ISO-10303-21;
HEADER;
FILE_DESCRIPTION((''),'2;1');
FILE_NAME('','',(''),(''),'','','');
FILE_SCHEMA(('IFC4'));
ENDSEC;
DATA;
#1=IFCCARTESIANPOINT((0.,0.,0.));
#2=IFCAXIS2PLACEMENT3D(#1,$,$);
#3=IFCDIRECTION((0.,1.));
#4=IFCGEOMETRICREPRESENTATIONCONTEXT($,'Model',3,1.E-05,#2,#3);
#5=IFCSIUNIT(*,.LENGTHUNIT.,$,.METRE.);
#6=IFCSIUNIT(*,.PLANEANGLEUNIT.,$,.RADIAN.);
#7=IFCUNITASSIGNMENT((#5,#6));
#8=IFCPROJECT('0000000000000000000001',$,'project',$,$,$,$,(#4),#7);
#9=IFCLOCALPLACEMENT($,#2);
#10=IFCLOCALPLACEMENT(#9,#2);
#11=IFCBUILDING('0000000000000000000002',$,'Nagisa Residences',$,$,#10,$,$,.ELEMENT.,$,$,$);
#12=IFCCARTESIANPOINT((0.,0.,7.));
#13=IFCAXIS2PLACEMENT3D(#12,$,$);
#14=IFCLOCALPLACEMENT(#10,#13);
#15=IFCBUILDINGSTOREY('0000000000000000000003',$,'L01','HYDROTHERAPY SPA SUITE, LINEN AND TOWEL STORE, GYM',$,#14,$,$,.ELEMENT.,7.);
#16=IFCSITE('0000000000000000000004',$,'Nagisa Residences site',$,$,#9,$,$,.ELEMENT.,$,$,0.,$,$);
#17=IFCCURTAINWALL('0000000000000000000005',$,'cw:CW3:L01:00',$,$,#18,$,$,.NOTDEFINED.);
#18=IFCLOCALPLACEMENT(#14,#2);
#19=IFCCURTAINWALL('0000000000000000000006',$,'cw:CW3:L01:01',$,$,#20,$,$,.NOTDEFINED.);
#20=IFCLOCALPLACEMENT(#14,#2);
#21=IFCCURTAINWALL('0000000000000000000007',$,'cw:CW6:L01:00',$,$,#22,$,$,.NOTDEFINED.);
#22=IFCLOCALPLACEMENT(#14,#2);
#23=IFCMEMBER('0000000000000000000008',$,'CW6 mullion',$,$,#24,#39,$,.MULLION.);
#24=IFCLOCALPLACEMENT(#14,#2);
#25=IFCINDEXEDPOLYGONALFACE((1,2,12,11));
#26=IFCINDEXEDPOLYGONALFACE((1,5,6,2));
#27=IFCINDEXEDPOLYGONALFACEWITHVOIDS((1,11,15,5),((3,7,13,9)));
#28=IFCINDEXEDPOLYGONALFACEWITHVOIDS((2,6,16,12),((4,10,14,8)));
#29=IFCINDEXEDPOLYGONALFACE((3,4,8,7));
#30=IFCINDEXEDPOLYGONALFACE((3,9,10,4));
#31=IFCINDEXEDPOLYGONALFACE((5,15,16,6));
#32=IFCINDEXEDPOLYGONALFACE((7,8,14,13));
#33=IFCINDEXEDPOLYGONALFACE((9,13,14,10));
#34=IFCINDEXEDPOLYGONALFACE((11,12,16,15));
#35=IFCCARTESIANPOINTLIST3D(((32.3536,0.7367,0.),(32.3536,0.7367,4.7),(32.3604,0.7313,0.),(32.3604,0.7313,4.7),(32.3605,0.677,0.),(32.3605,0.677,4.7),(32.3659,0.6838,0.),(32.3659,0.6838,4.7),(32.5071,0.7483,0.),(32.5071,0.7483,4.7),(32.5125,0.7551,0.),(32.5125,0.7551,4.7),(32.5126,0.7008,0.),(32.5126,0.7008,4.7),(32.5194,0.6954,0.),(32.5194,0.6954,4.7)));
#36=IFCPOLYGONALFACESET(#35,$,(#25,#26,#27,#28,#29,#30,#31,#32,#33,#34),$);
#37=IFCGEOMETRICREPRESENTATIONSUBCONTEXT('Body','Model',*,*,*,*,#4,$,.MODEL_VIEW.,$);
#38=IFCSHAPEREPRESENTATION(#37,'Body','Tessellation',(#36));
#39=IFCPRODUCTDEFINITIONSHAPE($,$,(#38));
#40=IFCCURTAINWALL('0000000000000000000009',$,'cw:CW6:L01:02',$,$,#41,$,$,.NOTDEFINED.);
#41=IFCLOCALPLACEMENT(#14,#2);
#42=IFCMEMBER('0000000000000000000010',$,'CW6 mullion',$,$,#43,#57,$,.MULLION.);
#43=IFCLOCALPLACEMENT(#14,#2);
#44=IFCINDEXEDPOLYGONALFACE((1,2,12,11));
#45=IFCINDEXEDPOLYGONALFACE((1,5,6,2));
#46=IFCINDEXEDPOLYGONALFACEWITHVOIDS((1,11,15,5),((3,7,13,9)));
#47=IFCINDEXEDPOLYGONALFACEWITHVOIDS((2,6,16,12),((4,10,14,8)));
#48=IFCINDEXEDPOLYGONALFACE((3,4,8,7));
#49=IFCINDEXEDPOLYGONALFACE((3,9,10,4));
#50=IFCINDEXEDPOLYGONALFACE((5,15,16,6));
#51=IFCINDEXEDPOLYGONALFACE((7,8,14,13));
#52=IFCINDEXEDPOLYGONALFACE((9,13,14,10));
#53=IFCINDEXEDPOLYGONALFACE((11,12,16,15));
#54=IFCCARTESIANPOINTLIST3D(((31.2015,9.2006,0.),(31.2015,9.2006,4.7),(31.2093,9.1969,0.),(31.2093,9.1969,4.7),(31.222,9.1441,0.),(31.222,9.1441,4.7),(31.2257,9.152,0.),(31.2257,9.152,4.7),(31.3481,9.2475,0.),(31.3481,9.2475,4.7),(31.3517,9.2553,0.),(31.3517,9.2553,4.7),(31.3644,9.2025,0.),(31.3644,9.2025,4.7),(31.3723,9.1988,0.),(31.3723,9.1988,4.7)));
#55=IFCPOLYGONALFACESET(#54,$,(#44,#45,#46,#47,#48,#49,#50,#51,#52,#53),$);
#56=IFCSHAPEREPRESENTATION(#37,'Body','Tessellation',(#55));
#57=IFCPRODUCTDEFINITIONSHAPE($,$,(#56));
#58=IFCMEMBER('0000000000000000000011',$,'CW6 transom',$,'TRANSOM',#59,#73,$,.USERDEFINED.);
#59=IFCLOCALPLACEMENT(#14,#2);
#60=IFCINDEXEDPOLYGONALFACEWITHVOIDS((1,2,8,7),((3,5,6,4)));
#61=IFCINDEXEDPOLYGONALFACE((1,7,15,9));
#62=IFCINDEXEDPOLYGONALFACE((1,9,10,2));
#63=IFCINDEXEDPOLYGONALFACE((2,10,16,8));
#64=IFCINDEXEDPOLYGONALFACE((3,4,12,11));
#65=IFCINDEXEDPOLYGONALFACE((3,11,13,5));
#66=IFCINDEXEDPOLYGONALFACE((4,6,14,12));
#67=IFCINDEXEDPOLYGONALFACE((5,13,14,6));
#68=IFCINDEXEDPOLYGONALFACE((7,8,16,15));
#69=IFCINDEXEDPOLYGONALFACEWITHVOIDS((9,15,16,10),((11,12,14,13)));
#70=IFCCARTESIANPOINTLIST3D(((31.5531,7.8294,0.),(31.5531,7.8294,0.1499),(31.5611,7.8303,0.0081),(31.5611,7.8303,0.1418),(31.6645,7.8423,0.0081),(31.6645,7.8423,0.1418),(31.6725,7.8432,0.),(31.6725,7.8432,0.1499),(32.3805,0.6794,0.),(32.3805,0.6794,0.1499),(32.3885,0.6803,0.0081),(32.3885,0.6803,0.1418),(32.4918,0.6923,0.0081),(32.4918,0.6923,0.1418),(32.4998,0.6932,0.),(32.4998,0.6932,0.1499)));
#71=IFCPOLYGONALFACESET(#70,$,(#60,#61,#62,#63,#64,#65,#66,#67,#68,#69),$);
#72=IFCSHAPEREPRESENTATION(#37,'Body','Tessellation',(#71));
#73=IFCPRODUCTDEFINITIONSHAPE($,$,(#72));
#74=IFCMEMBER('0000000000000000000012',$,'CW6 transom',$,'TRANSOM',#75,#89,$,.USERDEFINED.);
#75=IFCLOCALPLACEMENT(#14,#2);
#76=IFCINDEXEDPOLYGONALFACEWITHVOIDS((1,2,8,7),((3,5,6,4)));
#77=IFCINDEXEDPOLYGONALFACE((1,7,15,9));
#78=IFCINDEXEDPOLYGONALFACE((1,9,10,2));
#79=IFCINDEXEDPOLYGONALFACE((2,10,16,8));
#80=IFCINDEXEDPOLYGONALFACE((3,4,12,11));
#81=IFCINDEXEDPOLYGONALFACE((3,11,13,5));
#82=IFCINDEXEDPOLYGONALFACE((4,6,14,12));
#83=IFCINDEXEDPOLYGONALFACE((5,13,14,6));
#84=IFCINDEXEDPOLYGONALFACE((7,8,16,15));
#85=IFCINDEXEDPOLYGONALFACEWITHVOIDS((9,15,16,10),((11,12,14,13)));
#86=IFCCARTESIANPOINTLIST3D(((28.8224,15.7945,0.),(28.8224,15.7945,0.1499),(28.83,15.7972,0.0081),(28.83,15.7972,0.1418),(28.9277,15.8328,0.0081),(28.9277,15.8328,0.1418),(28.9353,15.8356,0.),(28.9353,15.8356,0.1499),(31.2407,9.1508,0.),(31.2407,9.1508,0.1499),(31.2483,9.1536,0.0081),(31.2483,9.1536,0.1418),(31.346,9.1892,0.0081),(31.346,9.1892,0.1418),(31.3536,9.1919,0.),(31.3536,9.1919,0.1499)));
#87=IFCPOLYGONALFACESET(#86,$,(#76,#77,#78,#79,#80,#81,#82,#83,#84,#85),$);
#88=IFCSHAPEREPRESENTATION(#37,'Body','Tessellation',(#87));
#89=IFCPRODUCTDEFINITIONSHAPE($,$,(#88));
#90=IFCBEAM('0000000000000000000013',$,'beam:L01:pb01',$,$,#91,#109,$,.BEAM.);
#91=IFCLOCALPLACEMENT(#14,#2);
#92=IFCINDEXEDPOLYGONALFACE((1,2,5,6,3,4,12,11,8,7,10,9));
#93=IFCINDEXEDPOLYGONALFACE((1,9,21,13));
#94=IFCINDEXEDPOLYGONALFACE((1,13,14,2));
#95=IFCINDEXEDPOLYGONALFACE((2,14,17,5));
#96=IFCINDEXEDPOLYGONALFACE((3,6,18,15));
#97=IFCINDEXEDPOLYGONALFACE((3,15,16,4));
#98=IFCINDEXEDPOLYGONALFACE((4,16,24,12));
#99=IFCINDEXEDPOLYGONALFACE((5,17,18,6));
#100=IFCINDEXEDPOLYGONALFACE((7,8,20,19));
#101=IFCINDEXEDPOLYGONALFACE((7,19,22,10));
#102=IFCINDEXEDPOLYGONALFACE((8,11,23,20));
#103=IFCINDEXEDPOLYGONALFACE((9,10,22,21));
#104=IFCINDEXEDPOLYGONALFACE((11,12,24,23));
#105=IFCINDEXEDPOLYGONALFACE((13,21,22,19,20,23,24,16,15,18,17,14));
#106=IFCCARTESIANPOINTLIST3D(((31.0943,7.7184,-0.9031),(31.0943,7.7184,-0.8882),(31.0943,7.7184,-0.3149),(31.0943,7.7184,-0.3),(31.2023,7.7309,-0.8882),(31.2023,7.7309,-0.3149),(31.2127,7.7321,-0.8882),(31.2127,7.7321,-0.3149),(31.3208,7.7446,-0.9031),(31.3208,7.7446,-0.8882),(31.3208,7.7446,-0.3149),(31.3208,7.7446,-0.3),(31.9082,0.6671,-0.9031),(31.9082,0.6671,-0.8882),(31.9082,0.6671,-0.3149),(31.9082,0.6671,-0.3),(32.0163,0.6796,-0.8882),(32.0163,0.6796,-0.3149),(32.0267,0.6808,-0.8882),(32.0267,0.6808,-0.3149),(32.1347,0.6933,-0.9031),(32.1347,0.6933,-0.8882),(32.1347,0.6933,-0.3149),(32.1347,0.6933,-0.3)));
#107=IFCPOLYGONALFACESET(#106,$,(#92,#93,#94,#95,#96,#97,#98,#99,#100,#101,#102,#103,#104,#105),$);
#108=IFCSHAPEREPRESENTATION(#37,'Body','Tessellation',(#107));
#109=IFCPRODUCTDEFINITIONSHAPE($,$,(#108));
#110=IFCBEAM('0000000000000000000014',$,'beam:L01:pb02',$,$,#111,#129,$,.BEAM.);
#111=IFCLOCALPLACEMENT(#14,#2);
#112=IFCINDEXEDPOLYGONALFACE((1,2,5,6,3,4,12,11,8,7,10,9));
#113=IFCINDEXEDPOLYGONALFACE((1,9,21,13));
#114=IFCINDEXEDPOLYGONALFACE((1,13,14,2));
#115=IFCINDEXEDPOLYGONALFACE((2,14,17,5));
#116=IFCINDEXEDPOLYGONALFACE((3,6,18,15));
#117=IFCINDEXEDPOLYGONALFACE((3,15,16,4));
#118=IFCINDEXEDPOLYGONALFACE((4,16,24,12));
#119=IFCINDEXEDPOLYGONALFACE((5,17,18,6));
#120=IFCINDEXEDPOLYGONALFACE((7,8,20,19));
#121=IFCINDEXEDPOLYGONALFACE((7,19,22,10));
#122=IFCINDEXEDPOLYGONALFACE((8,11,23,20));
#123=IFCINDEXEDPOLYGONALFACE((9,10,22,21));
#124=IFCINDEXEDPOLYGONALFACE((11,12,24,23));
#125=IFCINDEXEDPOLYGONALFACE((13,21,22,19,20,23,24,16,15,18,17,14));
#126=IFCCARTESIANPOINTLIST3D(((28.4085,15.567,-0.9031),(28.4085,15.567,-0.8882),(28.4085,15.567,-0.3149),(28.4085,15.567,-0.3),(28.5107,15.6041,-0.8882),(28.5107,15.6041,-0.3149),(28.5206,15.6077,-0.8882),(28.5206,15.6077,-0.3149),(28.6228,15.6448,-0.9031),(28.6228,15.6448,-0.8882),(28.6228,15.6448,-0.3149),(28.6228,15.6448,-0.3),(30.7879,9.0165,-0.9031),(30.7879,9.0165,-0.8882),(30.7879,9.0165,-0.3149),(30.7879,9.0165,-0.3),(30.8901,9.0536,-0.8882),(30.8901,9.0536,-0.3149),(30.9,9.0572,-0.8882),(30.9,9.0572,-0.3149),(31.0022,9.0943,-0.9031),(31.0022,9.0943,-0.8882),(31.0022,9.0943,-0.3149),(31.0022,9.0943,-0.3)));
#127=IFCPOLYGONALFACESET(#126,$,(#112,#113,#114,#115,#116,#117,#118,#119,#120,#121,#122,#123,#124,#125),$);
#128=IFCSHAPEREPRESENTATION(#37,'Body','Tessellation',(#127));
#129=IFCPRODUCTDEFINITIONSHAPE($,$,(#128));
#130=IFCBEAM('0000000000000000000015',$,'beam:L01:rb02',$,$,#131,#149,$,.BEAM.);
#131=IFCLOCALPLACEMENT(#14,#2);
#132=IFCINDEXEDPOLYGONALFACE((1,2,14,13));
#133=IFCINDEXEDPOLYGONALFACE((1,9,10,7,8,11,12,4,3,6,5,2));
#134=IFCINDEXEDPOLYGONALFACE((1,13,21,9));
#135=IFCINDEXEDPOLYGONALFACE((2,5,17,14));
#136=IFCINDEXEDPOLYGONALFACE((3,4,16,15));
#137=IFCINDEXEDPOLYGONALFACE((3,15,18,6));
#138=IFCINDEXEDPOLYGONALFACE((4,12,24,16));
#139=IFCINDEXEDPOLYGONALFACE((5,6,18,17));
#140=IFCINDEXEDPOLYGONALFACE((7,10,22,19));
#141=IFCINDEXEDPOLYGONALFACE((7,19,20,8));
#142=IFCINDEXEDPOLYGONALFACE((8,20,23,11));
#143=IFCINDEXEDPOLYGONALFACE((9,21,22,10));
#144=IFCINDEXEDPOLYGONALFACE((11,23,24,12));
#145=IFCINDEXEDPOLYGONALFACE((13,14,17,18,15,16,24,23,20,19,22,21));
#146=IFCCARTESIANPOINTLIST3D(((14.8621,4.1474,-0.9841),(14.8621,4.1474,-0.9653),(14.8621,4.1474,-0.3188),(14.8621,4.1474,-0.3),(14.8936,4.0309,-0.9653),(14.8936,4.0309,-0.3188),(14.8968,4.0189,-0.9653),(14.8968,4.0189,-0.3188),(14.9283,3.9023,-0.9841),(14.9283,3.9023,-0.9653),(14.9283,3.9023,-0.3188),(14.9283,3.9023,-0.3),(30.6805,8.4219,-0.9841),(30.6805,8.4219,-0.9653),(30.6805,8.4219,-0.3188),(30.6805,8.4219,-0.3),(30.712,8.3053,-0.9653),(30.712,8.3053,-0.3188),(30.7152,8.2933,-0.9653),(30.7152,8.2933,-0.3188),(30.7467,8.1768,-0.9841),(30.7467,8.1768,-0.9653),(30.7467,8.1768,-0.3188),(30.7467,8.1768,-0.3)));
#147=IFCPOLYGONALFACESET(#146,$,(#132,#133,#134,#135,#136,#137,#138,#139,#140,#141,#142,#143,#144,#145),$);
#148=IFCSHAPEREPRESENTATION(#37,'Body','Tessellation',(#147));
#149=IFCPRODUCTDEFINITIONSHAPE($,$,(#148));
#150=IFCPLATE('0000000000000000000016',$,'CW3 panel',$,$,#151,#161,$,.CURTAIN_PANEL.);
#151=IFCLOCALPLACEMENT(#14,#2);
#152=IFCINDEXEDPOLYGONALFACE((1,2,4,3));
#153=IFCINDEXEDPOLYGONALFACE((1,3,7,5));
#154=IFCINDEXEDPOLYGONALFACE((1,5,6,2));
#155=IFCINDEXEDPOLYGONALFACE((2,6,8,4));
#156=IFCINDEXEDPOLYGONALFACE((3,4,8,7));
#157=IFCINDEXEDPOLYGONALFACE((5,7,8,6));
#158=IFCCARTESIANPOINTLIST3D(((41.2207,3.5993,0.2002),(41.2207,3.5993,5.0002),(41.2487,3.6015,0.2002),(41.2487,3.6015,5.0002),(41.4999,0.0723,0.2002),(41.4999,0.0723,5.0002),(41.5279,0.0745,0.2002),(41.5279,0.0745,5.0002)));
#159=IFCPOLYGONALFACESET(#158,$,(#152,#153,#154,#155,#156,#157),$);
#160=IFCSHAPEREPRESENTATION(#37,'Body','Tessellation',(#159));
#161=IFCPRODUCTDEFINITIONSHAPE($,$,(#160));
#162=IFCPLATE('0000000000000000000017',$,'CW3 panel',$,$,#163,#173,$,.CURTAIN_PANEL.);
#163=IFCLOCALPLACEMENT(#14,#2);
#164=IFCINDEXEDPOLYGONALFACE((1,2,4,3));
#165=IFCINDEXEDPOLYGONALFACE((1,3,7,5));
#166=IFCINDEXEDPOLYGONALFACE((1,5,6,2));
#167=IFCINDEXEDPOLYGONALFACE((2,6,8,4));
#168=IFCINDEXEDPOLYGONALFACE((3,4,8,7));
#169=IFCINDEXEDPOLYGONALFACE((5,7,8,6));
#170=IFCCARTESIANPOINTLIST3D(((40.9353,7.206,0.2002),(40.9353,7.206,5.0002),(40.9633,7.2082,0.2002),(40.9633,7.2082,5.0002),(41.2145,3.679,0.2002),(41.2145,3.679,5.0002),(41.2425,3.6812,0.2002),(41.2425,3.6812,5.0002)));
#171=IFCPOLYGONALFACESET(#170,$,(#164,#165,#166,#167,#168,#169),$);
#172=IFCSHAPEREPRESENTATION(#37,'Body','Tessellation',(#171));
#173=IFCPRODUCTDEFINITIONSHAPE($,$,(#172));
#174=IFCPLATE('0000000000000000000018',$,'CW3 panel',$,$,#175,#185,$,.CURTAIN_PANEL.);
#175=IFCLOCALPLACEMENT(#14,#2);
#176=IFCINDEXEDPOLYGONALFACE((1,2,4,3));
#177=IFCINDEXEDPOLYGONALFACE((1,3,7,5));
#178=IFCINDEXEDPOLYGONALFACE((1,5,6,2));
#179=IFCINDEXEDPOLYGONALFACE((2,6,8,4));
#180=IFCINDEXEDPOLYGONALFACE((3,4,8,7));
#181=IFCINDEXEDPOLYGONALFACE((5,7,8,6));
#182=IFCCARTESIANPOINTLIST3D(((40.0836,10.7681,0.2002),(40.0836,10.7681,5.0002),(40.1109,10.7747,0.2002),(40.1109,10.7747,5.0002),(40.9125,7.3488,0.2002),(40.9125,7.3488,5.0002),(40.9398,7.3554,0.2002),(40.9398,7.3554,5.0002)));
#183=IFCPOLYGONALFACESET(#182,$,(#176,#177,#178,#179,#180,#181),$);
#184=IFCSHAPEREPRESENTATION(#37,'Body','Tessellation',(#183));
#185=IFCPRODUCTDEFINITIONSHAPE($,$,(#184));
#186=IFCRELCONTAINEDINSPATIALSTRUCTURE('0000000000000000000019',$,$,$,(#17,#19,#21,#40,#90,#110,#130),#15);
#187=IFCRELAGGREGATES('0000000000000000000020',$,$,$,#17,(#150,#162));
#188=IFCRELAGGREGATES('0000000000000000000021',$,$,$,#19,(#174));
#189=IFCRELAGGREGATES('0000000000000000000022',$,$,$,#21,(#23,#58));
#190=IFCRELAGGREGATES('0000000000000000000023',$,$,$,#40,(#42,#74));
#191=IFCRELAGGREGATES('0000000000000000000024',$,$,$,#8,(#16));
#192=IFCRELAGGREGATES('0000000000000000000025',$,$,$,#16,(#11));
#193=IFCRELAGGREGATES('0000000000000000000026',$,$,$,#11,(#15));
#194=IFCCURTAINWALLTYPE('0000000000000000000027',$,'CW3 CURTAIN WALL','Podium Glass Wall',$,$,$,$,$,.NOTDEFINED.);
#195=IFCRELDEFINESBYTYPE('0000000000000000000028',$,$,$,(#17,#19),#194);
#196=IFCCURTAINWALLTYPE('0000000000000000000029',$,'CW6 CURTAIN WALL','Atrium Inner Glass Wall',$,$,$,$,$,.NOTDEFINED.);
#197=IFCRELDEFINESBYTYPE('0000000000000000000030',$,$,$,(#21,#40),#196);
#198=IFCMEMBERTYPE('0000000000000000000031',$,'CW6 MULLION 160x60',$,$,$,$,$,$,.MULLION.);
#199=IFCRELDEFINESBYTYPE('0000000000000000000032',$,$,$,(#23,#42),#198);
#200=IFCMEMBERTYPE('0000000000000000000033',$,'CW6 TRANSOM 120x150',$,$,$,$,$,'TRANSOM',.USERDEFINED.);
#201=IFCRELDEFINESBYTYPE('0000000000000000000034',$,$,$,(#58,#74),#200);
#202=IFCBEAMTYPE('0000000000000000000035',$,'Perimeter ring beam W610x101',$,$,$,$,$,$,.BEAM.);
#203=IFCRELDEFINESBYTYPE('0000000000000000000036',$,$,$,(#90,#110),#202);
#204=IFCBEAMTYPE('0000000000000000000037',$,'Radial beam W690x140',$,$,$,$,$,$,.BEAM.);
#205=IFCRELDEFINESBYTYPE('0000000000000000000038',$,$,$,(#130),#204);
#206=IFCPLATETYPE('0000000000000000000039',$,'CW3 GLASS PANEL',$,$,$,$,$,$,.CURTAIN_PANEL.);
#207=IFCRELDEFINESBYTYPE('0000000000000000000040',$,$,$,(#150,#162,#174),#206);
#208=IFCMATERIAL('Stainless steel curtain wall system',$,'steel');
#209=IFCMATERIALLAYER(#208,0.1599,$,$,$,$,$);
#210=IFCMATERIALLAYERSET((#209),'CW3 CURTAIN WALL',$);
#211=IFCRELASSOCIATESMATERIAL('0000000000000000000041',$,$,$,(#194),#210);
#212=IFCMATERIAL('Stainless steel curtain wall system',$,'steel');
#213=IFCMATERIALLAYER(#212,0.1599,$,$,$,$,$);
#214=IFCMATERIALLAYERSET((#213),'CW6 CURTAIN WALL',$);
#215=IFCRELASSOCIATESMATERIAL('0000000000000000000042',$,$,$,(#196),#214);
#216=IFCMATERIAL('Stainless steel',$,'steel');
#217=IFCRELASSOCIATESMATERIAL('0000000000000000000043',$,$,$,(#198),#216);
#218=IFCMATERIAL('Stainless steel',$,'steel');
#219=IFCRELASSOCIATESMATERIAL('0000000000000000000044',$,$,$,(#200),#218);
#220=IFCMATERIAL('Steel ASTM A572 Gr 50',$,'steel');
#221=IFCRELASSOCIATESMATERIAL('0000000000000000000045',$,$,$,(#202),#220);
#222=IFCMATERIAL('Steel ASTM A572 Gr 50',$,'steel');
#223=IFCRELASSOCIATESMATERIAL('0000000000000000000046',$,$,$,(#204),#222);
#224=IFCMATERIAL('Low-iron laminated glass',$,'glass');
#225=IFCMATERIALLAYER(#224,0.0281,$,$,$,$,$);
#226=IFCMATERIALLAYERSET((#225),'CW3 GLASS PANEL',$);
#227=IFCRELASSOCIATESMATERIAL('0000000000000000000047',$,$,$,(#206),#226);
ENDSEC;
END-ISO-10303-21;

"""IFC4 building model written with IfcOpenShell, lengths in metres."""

from ifc_helpers import new_model, si_unit, direction, frame, origin, origin_2d, place, context, subcontext, project, spatial, rectangle, hollow_rectangle, i_section, extrude, material, layer, layer_set, material_profile, profile_set, type_object, element, aggregate, save


model = new_model("IFC4")

# Units and contexts
model_context = context("Model", 3, precision=1e-05, world=origin(), true_north=direction((0.0, 1.0)))
body_context = subcontext(model_context, "Body", "Model", "MODEL_VIEW")
ifc_project = project(units=[si_unit("LENGTHUNIT", "METRE"), si_unit("PLANEANGLEUNIT", "RADIAN")], contexts=[model_context])

# Site, building, storey
site_placement = place(None, origin())
site = spatial("IfcSite", under=ifc_project, at=site_placement, Name="Nagisa Residences site", CompositionType="ELEMENT", RefElevation=0.0)
building_placement = place(site_placement, origin())
building = spatial("IfcBuilding", under=site, at=building_placement, Name="Nagisa Residences", CompositionType="ELEMENT")
storey_placement = place(building_placement, frame((0.0, 0.0, 7.0)))
storey = spatial("IfcBuildingStorey", under=building, at=storey_placement, Name="L01", Description="HYDROTHERAPY SPA SUITE, LINEN AND TOWEL STORE, GYM", CompositionType="ELEMENT", Elevation=7.0)

# Curtain walls
ifc_material_1 = material(Name="Stainless steel curtain wall system", Category="steel")
ifc_layer_1 = layer(ifc_material_1, 0.1599)
ifc_layer_set_1 = layer_set([ifc_layer_1], Name="CW3 CURTAIN WALL")
curtain_wall_type_1 = type_object("IfcCurtainWallType", Name="CW3 CURTAIN WALL", Description="Podium Glass Wall", PredefinedType="NOTDEFINED", material=ifc_layer_set_1)
curtain_wall_1_placement = place(storey_placement, origin())
curtain_wall_1 = element("IfcCurtainWall", 1, at=curtain_wall_1_placement, inside=storey, type_object=curtain_wall_type_1, Name="cw:CW3:L01:00", PredefinedType="NOTDEFINED")
curtain_wall_2_placement = place(storey_placement, origin())
curtain_wall_2 = element("IfcCurtainWall", 2, at=curtain_wall_2_placement, inside=storey, type_object=curtain_wall_type_1, Name="cw:CW3:L01:01", PredefinedType="NOTDEFINED")

# Curtain walls, members
ifc_material_2 = material(Name="Stainless steel curtain wall system", Category="steel")
ifc_layer_2 = layer(ifc_material_2, 0.1599)
ifc_layer_set_2 = layer_set([ifc_layer_2], Name="CW6 CURTAIN WALL")
curtain_wall_type_2 = type_object("IfcCurtainWallType", Name="CW6 CURTAIN WALL", Description="Atrium Inner Glass Wall", PredefinedType="NOTDEFINED", material=ifc_layer_set_2)
curtain_wall_3_placement = place(storey_placement, origin())
curtain_wall_3 = element("IfcCurtainWall", 3, at=curtain_wall_3_placement, inside=storey, type_object=curtain_wall_type_2, Name="cw:CW6:L01:00", PredefinedType="NOTDEFINED")
ifc_material_3 = material(Name="Stainless steel", Category="steel")
ifc_material_profile_1 = material_profile(ifc_material_3, hollow_rectangle(XDim=0.1599, YDim=0.0601, WallThickness=0.0061, at=origin_2d()), Name="CW6 MULLION 160x60")
ifc_profile_set_1 = profile_set([ifc_material_profile_1], Name="Stainless steel")
member_type_1 = type_object("IfcMemberType", Name="CW6 MULLION 160x60", PredefinedType="MULLION", material=ifc_profile_set_1)
member_1_placement = place(storey_placement, frame((32.4365, 0.7161, 0.0), z_axis=(0.0, 0.0, 1.0), x_axis=(-0.993374, -0.114928, 0.0)))
member_1 = element("IfcMember", 4, at=member_1_placement, type_object=member_type_1, Name="CW6 mullion", PredefinedType="MULLION", context=body_context, shape_type="SweptSolid", body=[
    extrude(hollow_rectangle(XDim=0.1599, YDim=0.0601, WallThickness=0.0061, at=origin_2d()), origin(), (0.0, 0.0, 1.0), 4.7),
])
curtain_wall_4_placement = place(storey_placement, origin())
curtain_wall_4 = element("IfcCurtainWall", 5, at=curtain_wall_4_placement, inside=storey, type_object=curtain_wall_type_2, Name="cw:CW6:L01:02", PredefinedType="NOTDEFINED")
member_2_placement = place(storey_placement, frame((31.2869, 9.1997, 0.0), z_axis=(0.0, 0.0, 1.0), x_axis=(-0.939682, -0.34205, 0.0)))
member_2 = element("IfcMember", 6, at=member_2_placement, type_object=member_type_1, Name="CW6 mullion", PredefinedType="MULLION", context=body_context, shape_type="SweptSolid", body=[
    extrude(hollow_rectangle(XDim=0.1599, YDim=0.0601, WallThickness=0.0061, at=origin_2d()), origin(), (0.0, 0.0, 1.0), 4.7),
])

# Members
ifc_material_4 = material(Name="Stainless steel", Category="steel")
ifc_material_profile_2 = material_profile(ifc_material_4, hollow_rectangle(XDim=0.1201, YDim=0.1499, WallThickness=0.0081, at=origin_2d()), Name="CW6 TRANSOM 120x150")
ifc_profile_set_2 = profile_set([ifc_material_profile_2], Name="Stainless steel")
member_type_2 = type_object("IfcMemberType", Name="CW6 TRANSOM 120x150", ElementType="TRANSOM", PredefinedType="USERDEFINED", material=ifc_profile_set_2)
member_3_placement = place(storey_placement, frame((32.4402, 0.6863, 0.075), z_axis=(-0.11495, 0.993371, 0.0), x_axis=(-0.993371, -0.11495, 0.0)))
member_3 = element("IfcMember", 7, at=member_3_placement, type_object=member_type_2, Name="CW6 transom", ObjectType="TRANSOM", PredefinedType="USERDEFINED", context=body_context, shape_type="SweptSolid", body=[
    extrude(hollow_rectangle(XDim=0.1201, YDim=0.1499, WallThickness=0.0081, at=origin_2d()), origin(), (0.0, 0.0, 1.0), 7.1978),
])
member_4_placement = place(storey_placement, frame((31.2971, 9.1714, 0.075), z_axis=(-0.34204, 0.939685, 0.0), x_axis=(-0.939685, -0.34204, 0.0)))
member_4 = element("IfcMember", 8, at=member_4_placement, type_object=member_type_2, Name="CW6 transom", ObjectType="TRANSOM", PredefinedType="USERDEFINED", context=body_context, shape_type="SweptSolid", body=[
    extrude(hollow_rectangle(XDim=0.1201, YDim=0.1499, WallThickness=0.0081, at=origin_2d()), origin(), (0.0, 0.0, 1.0), 7.0701),
])

# Beams
ifc_material_5 = material(Name="Steel ASTM A572 Gr 50", Category="steel")
ifc_material_profile_3 = material_profile(ifc_material_5, i_section(OverallWidth=0.228, OverallDepth=0.603, WebThickness=0.0105, FlangeThickness=0.0149, at=origin_2d()), Name="W610x101")
ifc_profile_set_3 = profile_set([ifc_material_profile_3], Name="Steel ASTM A572 Gr 50")
beam_type_1 = type_object("IfcBeamType", Name="Perimeter ring beam W610x101", PredefinedType="BEAM", material=ifc_profile_set_3)
beam_1_placement = place(storey_placement, frame((32.0215, 0.6802, -0.6016), z_axis=(-0.114674, 0.993403, 0.0), x_axis=(-0.993403, -0.114674, 0.0)))
element("IfcBeam", 9, at=beam_1_placement, inside=storey, type_object=beam_type_1, Name="beam:L01:pb01", PredefinedType="BEAM", context=body_context, shape_type="SweptSolid", body=[
    extrude(i_section(OverallWidth=0.228, OverallDepth=0.603, WebThickness=0.0105, FlangeThickness=0.0149, at=origin_2d()), origin(), (0.0, 0.0, 1.0), 7.0981),
])
beam_2_placement = place(storey_placement, frame((30.895, 9.0554, -0.6016), z_axis=(-0.341411, 0.939914, 0.0), x_axis=(-0.939914, -0.341411, 0.0)))
element("IfcBeam", 10, at=beam_2_placement, inside=storey, type_object=beam_type_1, Name="beam:L01:pb02", PredefinedType="BEAM", context=body_context, shape_type="SweptSolid", body=[
    extrude(i_section(OverallWidth=0.228, OverallDepth=0.603, WebThickness=0.0105, FlangeThickness=0.0149, at=origin_2d()), origin(), (0.0, 0.0, 1.0), 6.9692),
])
ifc_material_6 = material(Name="Steel ASTM A572 Gr 50", Category="steel")
ifc_material_profile_4 = material_profile(ifc_material_6, i_section(OverallWidth=0.2539, OverallDepth=0.6841, WebThickness=0.0125, FlangeThickness=0.0188, at=origin_2d()), Name="W690x140")
ifc_profile_set_4 = profile_set([ifc_material_profile_4], Name="Steel ASTM A572 Gr 50")
beam_type_2 = type_object("IfcBeamType", Name="Radial beam W690x140", PredefinedType="BEAM", material=ifc_profile_set_4)
beam_3_placement = place(storey_placement, frame((30.7136, 8.2993, -0.6421), z_axis=(-0.965376, -0.260862, 0.0), x_axis=(0.260862, -0.965376, 0.0)))
element("IfcBeam", 11, at=beam_3_placement, inside=storey, type_object=beam_type_2, Name="beam:L01:rb02", PredefinedType="BEAM", context=body_context, shape_type="SweptSolid", body=[
    extrude(i_section(OverallWidth=0.2539, OverallDepth=0.6841, WebThickness=0.0125, FlangeThickness=0.0188, at=origin_2d()), origin(), (0.0, 0.0, 1.0), 16.3857),
])

# Plates
ifc_material_7 = material(Name="Low-iron laminated glass", Category="glass")
ifc_layer_3 = layer(ifc_material_7, 0.0281)
ifc_layer_set_3 = layer_set([ifc_layer_3], Name="CW3 GLASS PANEL")
plate_type_1 = type_object("IfcPlateType", Name="CW3 GLASS PANEL", PredefinedType="CURTAIN_PANEL", material=ifc_layer_set_3)
plate_1_placement = place(storey_placement, frame((41.3743, 1.8369, 0.2002), z_axis=(0.0, 0.0, 1.0), x_axis=(-0.07891, 0.996882, 0.0)))
plate_1 = element("IfcPlate", 12, at=plate_1_placement, type_object=plate_type_1, Name="CW3 panel", PredefinedType="CURTAIN_PANEL", context=body_context, shape_type="SweptSolid", body=[
    extrude(rectangle(XDim=3.5381, YDim=0.0281, at=origin_2d()), origin(), (0.0, 0.0, 1.0), 4.8),
])
plate_2_placement = place(storey_placement, frame((41.0889, 5.4436, 0.2002), z_axis=(0.0, 0.0, 1.0), x_axis=(-0.07891, 0.996882, 0.0)))
plate_2 = element("IfcPlate", 13, at=plate_2_placement, type_object=plate_type_1, Name="CW3 panel", PredefinedType="CURTAIN_PANEL", context=body_context, shape_type="SweptSolid", body=[
    extrude(rectangle(XDim=3.5381, YDim=0.0281, at=origin_2d()), origin(), (0.0, 0.0, 1.0), 4.8),
])
aggregate(curtain_wall_1, [plate_1, plate_2])
plate_3_placement = place(storey_placement, frame((40.5117, 9.0618, 0.2002), z_axis=(0.0, 0.0, 1.0), x_axis=(-0.235606, 0.971849, 0.0)))
plate_3 = element("IfcPlate", 14, at=plate_3_placement, type_object=plate_type_1, Name="CW3 panel", PredefinedType="CURTAIN_PANEL", context=body_context, shape_type="SweptSolid", body=[
    extrude(rectangle(XDim=3.5183, YDim=0.0281, at=origin_2d()), origin(), (0.0, 0.0, 1.0), 4.8),
])
aggregate(curtain_wall_2, [plate_3])
aggregate(curtain_wall_3, [member_1, member_3])
aggregate(curtain_wall_4, [member_2, member_4])

save(model, "model.ifc")
